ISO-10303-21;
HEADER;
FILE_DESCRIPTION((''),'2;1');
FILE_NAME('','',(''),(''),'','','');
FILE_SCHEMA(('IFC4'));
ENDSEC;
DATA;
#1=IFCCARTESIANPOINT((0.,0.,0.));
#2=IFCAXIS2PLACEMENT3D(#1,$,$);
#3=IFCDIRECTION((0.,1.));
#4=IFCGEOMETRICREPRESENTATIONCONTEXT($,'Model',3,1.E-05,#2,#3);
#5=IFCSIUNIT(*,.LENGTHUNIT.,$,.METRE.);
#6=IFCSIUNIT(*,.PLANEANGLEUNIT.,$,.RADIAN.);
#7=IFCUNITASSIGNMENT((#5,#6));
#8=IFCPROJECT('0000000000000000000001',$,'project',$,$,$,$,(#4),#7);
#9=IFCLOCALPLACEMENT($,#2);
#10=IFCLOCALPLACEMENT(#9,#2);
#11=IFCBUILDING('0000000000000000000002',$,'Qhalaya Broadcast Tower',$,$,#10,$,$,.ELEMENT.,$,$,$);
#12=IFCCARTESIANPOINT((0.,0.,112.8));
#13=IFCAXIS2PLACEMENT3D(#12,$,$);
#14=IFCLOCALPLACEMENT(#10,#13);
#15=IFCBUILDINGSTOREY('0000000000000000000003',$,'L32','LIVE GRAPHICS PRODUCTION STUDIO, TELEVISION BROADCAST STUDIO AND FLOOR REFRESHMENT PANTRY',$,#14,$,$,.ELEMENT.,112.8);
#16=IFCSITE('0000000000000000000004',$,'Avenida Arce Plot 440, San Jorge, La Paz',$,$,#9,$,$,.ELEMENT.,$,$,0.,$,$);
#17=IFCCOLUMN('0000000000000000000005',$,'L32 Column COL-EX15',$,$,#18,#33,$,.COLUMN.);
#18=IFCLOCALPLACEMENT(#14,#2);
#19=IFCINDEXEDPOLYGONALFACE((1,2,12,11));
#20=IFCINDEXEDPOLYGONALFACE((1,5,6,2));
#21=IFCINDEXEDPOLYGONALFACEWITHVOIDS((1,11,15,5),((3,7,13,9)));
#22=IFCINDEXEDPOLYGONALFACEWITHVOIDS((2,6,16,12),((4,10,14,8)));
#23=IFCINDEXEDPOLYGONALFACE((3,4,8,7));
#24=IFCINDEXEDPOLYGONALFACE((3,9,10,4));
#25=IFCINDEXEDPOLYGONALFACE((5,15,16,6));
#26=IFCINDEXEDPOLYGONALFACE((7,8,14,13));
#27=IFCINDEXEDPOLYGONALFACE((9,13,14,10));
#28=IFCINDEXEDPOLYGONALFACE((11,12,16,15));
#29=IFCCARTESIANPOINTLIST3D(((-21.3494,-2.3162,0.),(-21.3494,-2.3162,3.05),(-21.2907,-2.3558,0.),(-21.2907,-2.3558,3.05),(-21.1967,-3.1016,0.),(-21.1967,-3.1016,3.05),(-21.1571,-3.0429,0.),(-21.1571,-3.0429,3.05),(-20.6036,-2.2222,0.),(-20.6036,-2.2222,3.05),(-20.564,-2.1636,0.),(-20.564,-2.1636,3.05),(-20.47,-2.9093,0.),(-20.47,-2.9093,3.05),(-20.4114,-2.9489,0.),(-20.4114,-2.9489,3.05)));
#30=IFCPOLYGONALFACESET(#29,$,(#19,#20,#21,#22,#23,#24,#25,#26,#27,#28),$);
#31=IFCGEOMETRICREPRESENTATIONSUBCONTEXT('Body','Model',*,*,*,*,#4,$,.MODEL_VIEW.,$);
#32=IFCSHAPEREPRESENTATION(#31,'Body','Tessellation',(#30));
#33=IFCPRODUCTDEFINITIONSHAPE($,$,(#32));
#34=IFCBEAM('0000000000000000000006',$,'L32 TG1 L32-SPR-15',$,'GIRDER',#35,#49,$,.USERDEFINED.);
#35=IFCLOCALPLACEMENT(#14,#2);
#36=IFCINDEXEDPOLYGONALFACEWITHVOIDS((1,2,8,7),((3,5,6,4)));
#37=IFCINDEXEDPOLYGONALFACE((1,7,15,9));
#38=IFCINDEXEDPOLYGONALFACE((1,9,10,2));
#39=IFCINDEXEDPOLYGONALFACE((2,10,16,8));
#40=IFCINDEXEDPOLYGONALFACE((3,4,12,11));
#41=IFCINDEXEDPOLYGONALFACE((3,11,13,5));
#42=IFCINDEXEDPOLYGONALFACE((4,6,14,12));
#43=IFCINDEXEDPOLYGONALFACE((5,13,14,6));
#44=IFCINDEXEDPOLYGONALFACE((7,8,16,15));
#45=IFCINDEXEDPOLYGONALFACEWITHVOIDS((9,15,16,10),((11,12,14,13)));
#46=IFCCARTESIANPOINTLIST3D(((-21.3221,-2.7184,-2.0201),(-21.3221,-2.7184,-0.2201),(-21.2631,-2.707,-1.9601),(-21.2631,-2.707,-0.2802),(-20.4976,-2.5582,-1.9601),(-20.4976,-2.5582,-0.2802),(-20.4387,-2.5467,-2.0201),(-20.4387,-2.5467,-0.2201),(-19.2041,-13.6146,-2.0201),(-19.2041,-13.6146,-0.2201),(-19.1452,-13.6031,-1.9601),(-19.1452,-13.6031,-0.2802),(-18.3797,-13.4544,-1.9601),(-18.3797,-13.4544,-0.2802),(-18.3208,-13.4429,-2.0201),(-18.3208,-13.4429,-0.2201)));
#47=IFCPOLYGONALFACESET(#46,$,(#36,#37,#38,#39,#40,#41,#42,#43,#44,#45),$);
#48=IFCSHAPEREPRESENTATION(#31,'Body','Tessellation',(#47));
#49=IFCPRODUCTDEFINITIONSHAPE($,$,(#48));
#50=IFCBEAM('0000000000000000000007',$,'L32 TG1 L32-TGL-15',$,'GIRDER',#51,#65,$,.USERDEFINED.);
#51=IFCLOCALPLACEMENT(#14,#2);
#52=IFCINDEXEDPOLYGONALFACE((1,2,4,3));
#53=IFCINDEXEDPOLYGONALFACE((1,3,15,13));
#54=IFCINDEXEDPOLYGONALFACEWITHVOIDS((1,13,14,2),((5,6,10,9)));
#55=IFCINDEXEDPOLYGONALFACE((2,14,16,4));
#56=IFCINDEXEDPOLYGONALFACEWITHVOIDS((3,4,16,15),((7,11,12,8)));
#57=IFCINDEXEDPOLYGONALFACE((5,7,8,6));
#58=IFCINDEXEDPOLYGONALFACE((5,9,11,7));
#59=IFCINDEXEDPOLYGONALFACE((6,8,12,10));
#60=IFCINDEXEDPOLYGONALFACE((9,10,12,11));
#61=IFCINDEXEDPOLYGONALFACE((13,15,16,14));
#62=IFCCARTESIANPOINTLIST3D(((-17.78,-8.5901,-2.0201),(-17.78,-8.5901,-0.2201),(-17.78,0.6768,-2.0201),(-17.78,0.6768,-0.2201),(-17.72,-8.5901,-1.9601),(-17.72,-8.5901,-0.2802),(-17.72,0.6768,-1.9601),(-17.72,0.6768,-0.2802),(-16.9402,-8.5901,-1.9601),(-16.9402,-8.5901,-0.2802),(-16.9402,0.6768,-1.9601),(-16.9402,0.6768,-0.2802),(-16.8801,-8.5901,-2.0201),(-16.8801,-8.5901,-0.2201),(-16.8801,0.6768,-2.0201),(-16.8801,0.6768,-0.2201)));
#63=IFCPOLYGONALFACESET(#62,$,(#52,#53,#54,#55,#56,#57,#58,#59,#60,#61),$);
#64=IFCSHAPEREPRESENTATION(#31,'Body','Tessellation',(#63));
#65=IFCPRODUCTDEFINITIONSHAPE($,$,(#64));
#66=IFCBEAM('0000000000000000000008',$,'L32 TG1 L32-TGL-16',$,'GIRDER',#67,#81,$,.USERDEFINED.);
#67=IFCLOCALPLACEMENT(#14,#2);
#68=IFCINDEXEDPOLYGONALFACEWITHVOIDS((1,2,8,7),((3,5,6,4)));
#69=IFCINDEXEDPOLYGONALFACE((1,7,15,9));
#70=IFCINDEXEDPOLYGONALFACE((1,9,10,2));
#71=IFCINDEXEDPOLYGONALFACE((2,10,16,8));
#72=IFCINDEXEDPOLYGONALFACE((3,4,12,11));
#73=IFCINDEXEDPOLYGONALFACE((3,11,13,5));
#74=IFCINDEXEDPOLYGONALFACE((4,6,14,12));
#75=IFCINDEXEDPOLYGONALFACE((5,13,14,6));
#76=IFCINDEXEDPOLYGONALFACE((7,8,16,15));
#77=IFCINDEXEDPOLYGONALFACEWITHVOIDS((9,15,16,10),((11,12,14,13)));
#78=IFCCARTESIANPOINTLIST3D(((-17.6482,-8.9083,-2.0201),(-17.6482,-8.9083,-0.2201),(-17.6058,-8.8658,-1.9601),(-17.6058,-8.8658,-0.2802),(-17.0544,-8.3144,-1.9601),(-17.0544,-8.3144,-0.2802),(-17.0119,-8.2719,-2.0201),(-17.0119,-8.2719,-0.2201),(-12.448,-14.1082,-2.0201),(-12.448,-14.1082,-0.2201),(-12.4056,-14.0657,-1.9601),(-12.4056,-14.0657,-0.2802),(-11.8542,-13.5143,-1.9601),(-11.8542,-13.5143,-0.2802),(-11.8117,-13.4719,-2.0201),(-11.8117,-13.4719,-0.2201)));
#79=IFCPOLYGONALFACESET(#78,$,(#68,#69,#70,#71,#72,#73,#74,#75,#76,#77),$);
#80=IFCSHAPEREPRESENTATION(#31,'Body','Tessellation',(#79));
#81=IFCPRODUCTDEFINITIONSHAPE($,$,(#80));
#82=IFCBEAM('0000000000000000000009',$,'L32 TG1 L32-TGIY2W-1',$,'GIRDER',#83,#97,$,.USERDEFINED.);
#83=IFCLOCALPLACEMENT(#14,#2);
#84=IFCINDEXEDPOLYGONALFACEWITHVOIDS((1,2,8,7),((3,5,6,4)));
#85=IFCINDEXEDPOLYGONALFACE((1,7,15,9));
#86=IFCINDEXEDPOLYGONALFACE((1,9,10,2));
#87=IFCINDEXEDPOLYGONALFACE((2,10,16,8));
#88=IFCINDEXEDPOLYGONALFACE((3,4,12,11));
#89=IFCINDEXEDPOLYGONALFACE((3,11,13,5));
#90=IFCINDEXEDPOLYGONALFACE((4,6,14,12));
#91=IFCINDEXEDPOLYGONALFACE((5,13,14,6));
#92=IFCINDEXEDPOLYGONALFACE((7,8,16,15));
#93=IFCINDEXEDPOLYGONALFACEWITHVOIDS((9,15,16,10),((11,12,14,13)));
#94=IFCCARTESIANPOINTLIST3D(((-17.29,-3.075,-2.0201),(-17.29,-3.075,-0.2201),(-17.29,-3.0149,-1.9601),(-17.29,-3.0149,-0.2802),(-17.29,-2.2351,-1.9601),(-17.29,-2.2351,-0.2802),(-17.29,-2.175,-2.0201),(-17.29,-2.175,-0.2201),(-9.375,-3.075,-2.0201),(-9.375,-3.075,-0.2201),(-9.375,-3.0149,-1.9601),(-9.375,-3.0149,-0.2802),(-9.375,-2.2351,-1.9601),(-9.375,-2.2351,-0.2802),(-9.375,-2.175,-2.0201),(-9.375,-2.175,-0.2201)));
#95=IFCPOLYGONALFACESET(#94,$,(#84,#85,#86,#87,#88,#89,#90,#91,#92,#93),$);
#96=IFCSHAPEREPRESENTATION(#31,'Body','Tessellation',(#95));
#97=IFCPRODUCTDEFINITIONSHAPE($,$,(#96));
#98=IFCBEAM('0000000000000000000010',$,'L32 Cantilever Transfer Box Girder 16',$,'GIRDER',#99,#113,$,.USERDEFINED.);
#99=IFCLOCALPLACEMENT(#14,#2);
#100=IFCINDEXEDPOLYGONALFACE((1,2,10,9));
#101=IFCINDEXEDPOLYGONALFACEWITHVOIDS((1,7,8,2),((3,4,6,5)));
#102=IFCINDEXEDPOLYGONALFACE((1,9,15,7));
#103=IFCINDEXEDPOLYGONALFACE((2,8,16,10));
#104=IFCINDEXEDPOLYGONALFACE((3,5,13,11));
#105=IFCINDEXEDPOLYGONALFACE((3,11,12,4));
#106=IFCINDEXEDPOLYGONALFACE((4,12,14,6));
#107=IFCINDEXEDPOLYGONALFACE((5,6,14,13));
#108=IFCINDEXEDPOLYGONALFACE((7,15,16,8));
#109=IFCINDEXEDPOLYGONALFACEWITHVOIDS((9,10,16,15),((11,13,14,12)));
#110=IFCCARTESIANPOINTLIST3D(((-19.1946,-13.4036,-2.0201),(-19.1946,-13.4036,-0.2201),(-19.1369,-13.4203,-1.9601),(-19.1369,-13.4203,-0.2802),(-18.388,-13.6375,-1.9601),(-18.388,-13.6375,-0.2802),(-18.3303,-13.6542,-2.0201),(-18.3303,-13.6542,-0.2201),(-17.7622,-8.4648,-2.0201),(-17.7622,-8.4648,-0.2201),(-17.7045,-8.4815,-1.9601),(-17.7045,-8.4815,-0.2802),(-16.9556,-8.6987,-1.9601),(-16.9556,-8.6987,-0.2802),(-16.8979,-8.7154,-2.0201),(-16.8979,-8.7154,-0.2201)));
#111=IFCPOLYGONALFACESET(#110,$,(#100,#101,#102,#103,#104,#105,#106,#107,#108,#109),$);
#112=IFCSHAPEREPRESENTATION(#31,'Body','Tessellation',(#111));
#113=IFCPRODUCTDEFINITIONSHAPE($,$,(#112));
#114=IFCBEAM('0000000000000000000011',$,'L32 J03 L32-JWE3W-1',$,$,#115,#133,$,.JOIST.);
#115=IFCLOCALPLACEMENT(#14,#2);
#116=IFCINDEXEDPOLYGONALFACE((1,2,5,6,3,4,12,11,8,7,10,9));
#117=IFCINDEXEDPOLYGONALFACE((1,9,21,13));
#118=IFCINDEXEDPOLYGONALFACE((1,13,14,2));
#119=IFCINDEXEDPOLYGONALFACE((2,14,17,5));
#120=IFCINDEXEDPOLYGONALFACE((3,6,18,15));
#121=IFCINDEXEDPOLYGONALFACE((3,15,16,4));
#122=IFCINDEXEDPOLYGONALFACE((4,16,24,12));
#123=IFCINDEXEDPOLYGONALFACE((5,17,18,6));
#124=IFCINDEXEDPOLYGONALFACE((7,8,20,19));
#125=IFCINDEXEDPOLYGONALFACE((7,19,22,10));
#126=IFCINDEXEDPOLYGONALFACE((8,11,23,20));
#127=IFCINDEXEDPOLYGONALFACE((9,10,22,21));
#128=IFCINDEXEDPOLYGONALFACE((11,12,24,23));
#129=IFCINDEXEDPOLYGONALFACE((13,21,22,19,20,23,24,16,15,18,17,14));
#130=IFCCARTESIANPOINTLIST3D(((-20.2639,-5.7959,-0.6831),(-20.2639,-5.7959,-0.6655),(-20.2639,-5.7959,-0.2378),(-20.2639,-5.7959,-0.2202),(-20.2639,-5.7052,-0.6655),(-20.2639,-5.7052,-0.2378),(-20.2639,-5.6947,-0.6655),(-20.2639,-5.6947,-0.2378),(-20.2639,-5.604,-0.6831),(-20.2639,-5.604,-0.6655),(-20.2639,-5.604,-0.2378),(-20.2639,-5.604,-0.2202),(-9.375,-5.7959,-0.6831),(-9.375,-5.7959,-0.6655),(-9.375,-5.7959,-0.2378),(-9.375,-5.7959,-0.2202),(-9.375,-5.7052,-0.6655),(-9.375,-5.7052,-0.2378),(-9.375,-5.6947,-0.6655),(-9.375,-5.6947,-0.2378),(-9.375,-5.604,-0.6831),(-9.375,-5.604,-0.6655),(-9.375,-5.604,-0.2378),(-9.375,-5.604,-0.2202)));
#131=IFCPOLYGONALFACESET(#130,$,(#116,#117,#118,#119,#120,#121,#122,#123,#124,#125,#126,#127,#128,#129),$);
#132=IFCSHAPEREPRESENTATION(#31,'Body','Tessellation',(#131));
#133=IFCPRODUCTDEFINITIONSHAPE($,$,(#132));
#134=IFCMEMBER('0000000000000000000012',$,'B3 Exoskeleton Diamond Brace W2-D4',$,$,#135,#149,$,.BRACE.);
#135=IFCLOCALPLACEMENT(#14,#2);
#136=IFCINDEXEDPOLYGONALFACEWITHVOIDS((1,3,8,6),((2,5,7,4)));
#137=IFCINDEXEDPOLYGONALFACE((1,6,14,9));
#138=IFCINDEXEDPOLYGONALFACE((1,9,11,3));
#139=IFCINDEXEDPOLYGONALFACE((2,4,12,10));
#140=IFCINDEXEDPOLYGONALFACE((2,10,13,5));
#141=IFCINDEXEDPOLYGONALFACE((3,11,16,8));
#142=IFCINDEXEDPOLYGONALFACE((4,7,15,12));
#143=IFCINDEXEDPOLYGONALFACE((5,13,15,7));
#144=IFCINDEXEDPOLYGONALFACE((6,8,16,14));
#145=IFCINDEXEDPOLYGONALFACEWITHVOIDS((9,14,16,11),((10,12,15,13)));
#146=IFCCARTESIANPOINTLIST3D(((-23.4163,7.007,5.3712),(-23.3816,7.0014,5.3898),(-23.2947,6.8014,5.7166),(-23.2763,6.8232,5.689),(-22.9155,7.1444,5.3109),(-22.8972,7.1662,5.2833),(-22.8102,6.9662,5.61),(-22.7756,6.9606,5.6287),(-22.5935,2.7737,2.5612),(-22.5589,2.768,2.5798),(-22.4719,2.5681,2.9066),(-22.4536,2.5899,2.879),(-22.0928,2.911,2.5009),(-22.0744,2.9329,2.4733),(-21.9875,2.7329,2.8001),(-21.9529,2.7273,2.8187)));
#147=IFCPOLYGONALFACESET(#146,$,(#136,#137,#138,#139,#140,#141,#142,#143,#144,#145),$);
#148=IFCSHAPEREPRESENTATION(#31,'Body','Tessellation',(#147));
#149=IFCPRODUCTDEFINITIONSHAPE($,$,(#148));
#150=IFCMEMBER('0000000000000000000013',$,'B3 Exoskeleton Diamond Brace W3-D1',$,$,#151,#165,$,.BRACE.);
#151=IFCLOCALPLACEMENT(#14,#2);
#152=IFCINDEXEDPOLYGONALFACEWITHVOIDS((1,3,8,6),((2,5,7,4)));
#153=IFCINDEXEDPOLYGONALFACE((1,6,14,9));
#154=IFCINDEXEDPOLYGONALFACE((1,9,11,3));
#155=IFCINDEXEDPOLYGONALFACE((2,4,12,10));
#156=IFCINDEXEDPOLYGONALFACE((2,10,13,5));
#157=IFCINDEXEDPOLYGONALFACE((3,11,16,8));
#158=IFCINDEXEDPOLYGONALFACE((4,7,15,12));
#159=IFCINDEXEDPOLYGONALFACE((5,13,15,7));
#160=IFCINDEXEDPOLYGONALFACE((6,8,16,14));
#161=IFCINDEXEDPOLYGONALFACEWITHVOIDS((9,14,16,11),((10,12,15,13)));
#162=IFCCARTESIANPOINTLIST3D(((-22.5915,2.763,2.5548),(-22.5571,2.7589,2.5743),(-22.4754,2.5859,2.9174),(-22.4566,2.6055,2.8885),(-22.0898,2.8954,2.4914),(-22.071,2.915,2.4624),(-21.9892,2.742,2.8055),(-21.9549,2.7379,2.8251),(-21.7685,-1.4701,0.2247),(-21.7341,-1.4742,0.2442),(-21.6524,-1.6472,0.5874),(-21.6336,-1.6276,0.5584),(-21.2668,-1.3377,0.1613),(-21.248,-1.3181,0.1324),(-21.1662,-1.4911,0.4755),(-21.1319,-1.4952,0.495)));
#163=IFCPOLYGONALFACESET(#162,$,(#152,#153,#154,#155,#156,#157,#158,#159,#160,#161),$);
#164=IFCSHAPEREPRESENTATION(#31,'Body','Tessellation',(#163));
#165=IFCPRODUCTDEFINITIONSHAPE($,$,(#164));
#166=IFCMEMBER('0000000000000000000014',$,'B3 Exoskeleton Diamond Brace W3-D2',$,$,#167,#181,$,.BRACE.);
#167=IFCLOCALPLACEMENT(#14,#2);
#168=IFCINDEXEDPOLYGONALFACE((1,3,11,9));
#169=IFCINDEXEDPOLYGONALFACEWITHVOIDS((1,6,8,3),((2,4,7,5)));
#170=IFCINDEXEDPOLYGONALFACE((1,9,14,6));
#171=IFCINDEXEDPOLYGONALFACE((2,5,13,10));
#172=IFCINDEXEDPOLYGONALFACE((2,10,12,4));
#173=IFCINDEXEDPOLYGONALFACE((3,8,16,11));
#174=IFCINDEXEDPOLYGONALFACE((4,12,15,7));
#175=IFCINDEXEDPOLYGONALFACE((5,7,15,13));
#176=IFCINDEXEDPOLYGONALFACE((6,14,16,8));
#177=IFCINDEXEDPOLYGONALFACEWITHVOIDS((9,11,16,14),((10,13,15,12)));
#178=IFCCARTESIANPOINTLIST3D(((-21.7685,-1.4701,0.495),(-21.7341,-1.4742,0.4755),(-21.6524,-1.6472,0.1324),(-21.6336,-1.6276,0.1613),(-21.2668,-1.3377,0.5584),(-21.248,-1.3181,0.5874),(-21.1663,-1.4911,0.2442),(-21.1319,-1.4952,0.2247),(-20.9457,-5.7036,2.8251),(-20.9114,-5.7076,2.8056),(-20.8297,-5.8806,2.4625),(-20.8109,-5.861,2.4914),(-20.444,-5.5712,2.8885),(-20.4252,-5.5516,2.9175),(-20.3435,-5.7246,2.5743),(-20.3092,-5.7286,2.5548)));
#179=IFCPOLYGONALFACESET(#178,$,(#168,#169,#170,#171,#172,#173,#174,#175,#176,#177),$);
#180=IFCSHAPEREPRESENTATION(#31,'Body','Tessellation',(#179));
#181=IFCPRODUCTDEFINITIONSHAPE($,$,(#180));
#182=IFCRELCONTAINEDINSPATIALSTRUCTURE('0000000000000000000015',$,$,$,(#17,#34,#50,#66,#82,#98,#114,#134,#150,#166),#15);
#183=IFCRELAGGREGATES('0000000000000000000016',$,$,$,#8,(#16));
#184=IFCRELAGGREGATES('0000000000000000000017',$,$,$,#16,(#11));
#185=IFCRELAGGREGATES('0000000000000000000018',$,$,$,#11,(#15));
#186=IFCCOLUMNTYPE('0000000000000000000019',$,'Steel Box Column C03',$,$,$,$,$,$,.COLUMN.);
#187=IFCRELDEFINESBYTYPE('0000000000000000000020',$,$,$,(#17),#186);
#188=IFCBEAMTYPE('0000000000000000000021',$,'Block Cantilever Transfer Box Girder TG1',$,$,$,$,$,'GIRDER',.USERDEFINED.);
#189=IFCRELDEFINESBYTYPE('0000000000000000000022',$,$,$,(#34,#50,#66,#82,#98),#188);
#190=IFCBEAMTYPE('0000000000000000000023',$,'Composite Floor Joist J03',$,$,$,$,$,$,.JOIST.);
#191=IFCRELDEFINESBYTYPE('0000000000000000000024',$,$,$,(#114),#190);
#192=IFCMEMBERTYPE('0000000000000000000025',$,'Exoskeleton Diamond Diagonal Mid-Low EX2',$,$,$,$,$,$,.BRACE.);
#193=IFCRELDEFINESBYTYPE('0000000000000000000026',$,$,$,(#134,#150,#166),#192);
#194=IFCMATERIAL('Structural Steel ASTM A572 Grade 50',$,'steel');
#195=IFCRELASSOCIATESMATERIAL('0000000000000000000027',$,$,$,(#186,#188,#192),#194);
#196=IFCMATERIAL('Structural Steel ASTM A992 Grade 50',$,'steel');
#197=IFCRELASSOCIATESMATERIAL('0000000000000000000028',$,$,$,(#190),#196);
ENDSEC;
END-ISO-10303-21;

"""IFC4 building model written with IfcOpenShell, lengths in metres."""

from ifc_helpers import new_model, si_unit, direction, frame, origin, origin_2d, place, context, subcontext, project, spatial, hollow_rectangle, i_section, extrude, material, material_profile, profile_set, type_object, element, save


model = new_model("IFC4")

# Units and contexts
model_context = context("Model", 3, precision=1e-05, world=origin(), true_north=direction((0.0, 1.0)))
body_context = subcontext(model_context, "Body", "Model", "MODEL_VIEW")
ifc_project = project(units=[si_unit("LENGTHUNIT", "METRE"), si_unit("PLANEANGLEUNIT", "RADIAN")], contexts=[model_context])

# Site, building, storey
site_placement = place(None, origin())
site = spatial("IfcSite", under=ifc_project, at=site_placement, Name="Avenida Arce Plot 440, San Jorge, La Paz", CompositionType="ELEMENT", RefElevation=0.0)
building_placement = place(site_placement, origin())
building = spatial("IfcBuilding", under=site, at=building_placement, Name="Qhalaya Broadcast Tower", CompositionType="ELEMENT")
storey_placement = place(building_placement, frame((0.0, 0.0, 112.8)))
storey = spatial("IfcBuildingStorey", under=building, at=storey_placement, Name="L32", Description="LIVE GRAPHICS PRODUCTION STUDIO, TELEVISION BROADCAST STUDIO AND FLOOR REFRESHMENT PANTRY", CompositionType="ELEMENT", Elevation=112.8)

# Column
ifc_material_1 = material(Name="Structural Steel ASTM A572 Grade 50", Category="steel")
ifc_material_profile_1 = material_profile(ifc_material_1, hollow_rectangle(XDim=0.8, YDim=0.8, WallThickness=0.05, at=origin_2d()), Name="BOX 800x800x50")
ifc_profile_set_1 = profile_set([ifc_material_profile_1], Name="Structural Steel ASTM A572 Grade 50")
column_type = type_object("IfcColumnType", Name="Steel Box Column C03", PredefinedType="COLUMN", material=ifc_profile_set_1)
column_placement = place(storey_placement, frame((-20.8804, -2.6326, 0.0), z_axis=(0.0, 0.0, 1.0), x_axis=(-0.190809, 0.981627, 0.0)))
element("IfcColumn", 1, at=column_placement, inside=storey, type_object=column_type, Name="L32 Column COL-EX15", PredefinedType="COLUMN", context=body_context, shape_type="SweptSolid", body=[
    extrude(hollow_rectangle(XDim=0.8, YDim=0.8, WallThickness=0.05, at=origin_2d()), origin(), (0.0, 0.0, 1.0), 3.05),
])

# Beams
ifc_material_profile_2 = material_profile(ifc_material_1, hollow_rectangle(XDim=0.8999, YDim=1.8, WallThickness=0.0601, at=origin_2d()), Name="BOX 900x1800x60")
ifc_profile_set_2 = profile_set([ifc_material_profile_2], Name="Structural Steel ASTM A572 Grade 50")
beam_type_1 = type_object("IfcBeamType", Name="Block Cantilever Transfer Box Girder TG1", ElementType="GIRDER", PredefinedType="USERDEFINED", material=ifc_profile_set_2)
beam_1_placement = place(storey_placement, frame((-20.8804, -2.6326, -1.1201), z_axis=(0.190801, -0.981629, 0.0), x_axis=(0.981629, 0.190801, 0.0)))
element("IfcBeam", 2, at=beam_1_placement, inside=storey, type_object=beam_type_1, Name="L32 TG1 L32-SPR-15", ObjectType="GIRDER", PredefinedType="USERDEFINED", context=body_context, shape_type="SweptSolid", body=[
    extrude(hollow_rectangle(XDim=0.8999, YDim=1.8, WallThickness=0.0601, at=origin_2d()), origin(), (0.0, 0.0, 1.0), 11.1001),
])
beam_2_placement = place(storey_placement, frame((-17.3301, 0.6768, -1.1201), z_axis=(0.0, -1.0, 0.0), x_axis=(1.0, 0.0, 0.0)))
element("IfcBeam", 3, at=beam_2_placement, inside=storey, type_object=beam_type_1, Name="L32 TG1 L32-TGL-15", ObjectType="GIRDER", PredefinedType="USERDEFINED", context=body_context, shape_type="SweptSolid", body=[
    extrude(hollow_rectangle(XDim=0.8999, YDim=1.8, WallThickness=0.0601, at=origin_2d()), origin(), (0.0, 0.0, 1.0), 9.2668),
])
beam_3_placement = place(storey_placement, frame((-17.3301, -8.5901, -1.1201), z_axis=(0.707123, -0.70709, 0.0), x_axis=(0.70709, 0.707123, 0.0)))
element("IfcBeam", 4, at=beam_3_placement, inside=storey, type_object=beam_type_1, Name="L32 TG1 L32-TGL-16", ObjectType="GIRDER", PredefinedType="USERDEFINED", context=body_context, shape_type="SweptSolid", body=[
    extrude(hollow_rectangle(XDim=0.8999, YDim=1.8, WallThickness=0.0601, at=origin_2d()), origin(), (0.0, 0.0, 1.0), 7.354),
])
beam_4_placement = place(storey_placement, frame((-17.29, -2.625, -1.1201), z_axis=(1.0, 0.0, 0.0), x_axis=(0.0, 1.0, 0.0)))
element("IfcBeam", 5, at=beam_4_placement, inside=storey, type_object=beam_type_1, Name="L32 TG1 L32-TGIY2W-1", ObjectType="GIRDER", PredefinedType="USERDEFINED", context=body_context, shape_type="SweptSolid", body=[
    extrude(hollow_rectangle(XDim=0.8999, YDim=1.8, WallThickness=0.0601, at=origin_2d()), origin(), (0.0, 0.0, 1.0), 7.915),
])
beam_5_placement = place(storey_placement, frame((-17.3301, -8.5901, -1.1201), z_axis=(-0.27855, -0.960422, 0.0), x_axis=(0.960422, -0.27855, 0.0)))
element("IfcBeam", 6, at=beam_5_placement, inside=storey, type_object=beam_type_1, Name="L32 Cantilever Transfer Box Girder 16", ObjectType="GIRDER", PredefinedType="USERDEFINED", context=body_context, shape_type="SweptSolid", body=[
    extrude(hollow_rectangle(XDim=0.8999, YDim=1.8, WallThickness=0.0601, at=origin_2d()), origin(), (0.0, 0.0, 1.0), 5.1423),
])
ifc_material_2 = material(Name="Structural Steel ASTM A992 Grade 50", Category="steel")
ifc_material_profile_3 = material_profile(ifc_material_2, i_section(OverallWidth=0.1919, OverallDepth=0.4629, WebThickness=0.0105, FlangeThickness=0.0176, at=origin_2d()), Name="W18X60")
ifc_profile_set_3 = profile_set([ifc_material_profile_3], Name="Structural Steel ASTM A992 Grade 50")
beam_type_2 = type_object("IfcBeamType", Name="Composite Floor Joist J03", PredefinedType="JOIST", material=ifc_profile_set_3)
beam_6_placement = place(storey_placement, frame((-20.2639, -5.7, -0.4517), z_axis=(1.0, 0.0, 0.0), x_axis=(0.0, 1.0, 0.0)))
element("IfcBeam", 7, at=beam_6_placement, inside=storey, type_object=beam_type_2, Name="L32 J03 L32-JWE3W-1", PredefinedType="JOIST", context=body_context, shape_type="SweptSolid", body=[
    extrude(i_section(OverallWidth=0.1919, OverallDepth=0.4629, WebThickness=0.0105, FlangeThickness=0.0176, at=origin_2d()), origin(), (0.0, 0.0, 1.0), 10.8889),
])

# Members
ifc_material_profile_4 = material_profile(ifc_material_1, hollow_rectangle(XDim=0.4199, YDim=0.55, WallThickness=0.0281, at=origin_2d()), Name="BOX 420x550x28")
ifc_profile_set_4 = profile_set([ifc_material_profile_4], Name="Structural Steel ASTM A572 Grade 50")
member_type = type_object("IfcMemberType", Name="Exoskeleton Diamond Diagonal Mid-Low EX2", PredefinedType="BRACE", material=ifc_profile_set_4)
member_1_placement = place(storey_placement, frame((-22.2732, 2.7505, 2.6899), z_axis=(-0.159841, 0.822445, 0.545925), x_axis=(0.289542, -0.48965, 0.82244)))
element("IfcMember", 8, at=member_1_placement, inside=storey, type_object=member_type, Name="B3 Exoskeleton Diamond Brace W2-D4", PredefinedType="BRACE", context=body_context, shape_type="SweptSolid", body=[
    extrude(hollow_rectangle(XDim=0.4199, YDim=0.55, WallThickness=0.0281, at=origin_2d()), origin(), (0.0, 0.0, 1.0), 5.1472),
])
member_2_placement = place(storey_placement, frame((-21.4502, -1.4827, 0.3599), z_axis=(-0.167902, 0.863618, 0.475366), x_axis=(0.276356, -0.421641, 0.863624)))
element("IfcMember", 9, at=member_2_placement, inside=storey, type_object=member_type, Name="B3 Exoskeleton Diamond Brace W3-D1", PredefinedType="BRACE", context=body_context, shape_type="SweptSolid", body=[
    extrude(hollow_rectangle(XDim=0.4199, YDim=0.55, WallThickness=0.0281, at=origin_2d()), origin(), (0.0, 0.0, 1.0), 4.9016),
])
member_3_placement = place(storey_placement, frame((-21.4502, -1.4827, 0.3599), z_axis=(0.167847, -0.863638, 0.475349), x_axis=(-0.276325, 0.421643, 0.863633)))
element("IfcMember", 10, at=member_3_placement, inside=storey, type_object=member_type, Name="B3 Exoskeleton Diamond Brace W3-D2", PredefinedType="BRACE", context=body_context, shape_type="SweptSolid", body=[
    extrude(hollow_rectangle(XDim=0.4199, YDim=0.55, WallThickness=0.0281, at=origin_2d()), origin(), (0.0, 0.0, 1.0), 4.9019),
])

save(model, "model.ifc")
